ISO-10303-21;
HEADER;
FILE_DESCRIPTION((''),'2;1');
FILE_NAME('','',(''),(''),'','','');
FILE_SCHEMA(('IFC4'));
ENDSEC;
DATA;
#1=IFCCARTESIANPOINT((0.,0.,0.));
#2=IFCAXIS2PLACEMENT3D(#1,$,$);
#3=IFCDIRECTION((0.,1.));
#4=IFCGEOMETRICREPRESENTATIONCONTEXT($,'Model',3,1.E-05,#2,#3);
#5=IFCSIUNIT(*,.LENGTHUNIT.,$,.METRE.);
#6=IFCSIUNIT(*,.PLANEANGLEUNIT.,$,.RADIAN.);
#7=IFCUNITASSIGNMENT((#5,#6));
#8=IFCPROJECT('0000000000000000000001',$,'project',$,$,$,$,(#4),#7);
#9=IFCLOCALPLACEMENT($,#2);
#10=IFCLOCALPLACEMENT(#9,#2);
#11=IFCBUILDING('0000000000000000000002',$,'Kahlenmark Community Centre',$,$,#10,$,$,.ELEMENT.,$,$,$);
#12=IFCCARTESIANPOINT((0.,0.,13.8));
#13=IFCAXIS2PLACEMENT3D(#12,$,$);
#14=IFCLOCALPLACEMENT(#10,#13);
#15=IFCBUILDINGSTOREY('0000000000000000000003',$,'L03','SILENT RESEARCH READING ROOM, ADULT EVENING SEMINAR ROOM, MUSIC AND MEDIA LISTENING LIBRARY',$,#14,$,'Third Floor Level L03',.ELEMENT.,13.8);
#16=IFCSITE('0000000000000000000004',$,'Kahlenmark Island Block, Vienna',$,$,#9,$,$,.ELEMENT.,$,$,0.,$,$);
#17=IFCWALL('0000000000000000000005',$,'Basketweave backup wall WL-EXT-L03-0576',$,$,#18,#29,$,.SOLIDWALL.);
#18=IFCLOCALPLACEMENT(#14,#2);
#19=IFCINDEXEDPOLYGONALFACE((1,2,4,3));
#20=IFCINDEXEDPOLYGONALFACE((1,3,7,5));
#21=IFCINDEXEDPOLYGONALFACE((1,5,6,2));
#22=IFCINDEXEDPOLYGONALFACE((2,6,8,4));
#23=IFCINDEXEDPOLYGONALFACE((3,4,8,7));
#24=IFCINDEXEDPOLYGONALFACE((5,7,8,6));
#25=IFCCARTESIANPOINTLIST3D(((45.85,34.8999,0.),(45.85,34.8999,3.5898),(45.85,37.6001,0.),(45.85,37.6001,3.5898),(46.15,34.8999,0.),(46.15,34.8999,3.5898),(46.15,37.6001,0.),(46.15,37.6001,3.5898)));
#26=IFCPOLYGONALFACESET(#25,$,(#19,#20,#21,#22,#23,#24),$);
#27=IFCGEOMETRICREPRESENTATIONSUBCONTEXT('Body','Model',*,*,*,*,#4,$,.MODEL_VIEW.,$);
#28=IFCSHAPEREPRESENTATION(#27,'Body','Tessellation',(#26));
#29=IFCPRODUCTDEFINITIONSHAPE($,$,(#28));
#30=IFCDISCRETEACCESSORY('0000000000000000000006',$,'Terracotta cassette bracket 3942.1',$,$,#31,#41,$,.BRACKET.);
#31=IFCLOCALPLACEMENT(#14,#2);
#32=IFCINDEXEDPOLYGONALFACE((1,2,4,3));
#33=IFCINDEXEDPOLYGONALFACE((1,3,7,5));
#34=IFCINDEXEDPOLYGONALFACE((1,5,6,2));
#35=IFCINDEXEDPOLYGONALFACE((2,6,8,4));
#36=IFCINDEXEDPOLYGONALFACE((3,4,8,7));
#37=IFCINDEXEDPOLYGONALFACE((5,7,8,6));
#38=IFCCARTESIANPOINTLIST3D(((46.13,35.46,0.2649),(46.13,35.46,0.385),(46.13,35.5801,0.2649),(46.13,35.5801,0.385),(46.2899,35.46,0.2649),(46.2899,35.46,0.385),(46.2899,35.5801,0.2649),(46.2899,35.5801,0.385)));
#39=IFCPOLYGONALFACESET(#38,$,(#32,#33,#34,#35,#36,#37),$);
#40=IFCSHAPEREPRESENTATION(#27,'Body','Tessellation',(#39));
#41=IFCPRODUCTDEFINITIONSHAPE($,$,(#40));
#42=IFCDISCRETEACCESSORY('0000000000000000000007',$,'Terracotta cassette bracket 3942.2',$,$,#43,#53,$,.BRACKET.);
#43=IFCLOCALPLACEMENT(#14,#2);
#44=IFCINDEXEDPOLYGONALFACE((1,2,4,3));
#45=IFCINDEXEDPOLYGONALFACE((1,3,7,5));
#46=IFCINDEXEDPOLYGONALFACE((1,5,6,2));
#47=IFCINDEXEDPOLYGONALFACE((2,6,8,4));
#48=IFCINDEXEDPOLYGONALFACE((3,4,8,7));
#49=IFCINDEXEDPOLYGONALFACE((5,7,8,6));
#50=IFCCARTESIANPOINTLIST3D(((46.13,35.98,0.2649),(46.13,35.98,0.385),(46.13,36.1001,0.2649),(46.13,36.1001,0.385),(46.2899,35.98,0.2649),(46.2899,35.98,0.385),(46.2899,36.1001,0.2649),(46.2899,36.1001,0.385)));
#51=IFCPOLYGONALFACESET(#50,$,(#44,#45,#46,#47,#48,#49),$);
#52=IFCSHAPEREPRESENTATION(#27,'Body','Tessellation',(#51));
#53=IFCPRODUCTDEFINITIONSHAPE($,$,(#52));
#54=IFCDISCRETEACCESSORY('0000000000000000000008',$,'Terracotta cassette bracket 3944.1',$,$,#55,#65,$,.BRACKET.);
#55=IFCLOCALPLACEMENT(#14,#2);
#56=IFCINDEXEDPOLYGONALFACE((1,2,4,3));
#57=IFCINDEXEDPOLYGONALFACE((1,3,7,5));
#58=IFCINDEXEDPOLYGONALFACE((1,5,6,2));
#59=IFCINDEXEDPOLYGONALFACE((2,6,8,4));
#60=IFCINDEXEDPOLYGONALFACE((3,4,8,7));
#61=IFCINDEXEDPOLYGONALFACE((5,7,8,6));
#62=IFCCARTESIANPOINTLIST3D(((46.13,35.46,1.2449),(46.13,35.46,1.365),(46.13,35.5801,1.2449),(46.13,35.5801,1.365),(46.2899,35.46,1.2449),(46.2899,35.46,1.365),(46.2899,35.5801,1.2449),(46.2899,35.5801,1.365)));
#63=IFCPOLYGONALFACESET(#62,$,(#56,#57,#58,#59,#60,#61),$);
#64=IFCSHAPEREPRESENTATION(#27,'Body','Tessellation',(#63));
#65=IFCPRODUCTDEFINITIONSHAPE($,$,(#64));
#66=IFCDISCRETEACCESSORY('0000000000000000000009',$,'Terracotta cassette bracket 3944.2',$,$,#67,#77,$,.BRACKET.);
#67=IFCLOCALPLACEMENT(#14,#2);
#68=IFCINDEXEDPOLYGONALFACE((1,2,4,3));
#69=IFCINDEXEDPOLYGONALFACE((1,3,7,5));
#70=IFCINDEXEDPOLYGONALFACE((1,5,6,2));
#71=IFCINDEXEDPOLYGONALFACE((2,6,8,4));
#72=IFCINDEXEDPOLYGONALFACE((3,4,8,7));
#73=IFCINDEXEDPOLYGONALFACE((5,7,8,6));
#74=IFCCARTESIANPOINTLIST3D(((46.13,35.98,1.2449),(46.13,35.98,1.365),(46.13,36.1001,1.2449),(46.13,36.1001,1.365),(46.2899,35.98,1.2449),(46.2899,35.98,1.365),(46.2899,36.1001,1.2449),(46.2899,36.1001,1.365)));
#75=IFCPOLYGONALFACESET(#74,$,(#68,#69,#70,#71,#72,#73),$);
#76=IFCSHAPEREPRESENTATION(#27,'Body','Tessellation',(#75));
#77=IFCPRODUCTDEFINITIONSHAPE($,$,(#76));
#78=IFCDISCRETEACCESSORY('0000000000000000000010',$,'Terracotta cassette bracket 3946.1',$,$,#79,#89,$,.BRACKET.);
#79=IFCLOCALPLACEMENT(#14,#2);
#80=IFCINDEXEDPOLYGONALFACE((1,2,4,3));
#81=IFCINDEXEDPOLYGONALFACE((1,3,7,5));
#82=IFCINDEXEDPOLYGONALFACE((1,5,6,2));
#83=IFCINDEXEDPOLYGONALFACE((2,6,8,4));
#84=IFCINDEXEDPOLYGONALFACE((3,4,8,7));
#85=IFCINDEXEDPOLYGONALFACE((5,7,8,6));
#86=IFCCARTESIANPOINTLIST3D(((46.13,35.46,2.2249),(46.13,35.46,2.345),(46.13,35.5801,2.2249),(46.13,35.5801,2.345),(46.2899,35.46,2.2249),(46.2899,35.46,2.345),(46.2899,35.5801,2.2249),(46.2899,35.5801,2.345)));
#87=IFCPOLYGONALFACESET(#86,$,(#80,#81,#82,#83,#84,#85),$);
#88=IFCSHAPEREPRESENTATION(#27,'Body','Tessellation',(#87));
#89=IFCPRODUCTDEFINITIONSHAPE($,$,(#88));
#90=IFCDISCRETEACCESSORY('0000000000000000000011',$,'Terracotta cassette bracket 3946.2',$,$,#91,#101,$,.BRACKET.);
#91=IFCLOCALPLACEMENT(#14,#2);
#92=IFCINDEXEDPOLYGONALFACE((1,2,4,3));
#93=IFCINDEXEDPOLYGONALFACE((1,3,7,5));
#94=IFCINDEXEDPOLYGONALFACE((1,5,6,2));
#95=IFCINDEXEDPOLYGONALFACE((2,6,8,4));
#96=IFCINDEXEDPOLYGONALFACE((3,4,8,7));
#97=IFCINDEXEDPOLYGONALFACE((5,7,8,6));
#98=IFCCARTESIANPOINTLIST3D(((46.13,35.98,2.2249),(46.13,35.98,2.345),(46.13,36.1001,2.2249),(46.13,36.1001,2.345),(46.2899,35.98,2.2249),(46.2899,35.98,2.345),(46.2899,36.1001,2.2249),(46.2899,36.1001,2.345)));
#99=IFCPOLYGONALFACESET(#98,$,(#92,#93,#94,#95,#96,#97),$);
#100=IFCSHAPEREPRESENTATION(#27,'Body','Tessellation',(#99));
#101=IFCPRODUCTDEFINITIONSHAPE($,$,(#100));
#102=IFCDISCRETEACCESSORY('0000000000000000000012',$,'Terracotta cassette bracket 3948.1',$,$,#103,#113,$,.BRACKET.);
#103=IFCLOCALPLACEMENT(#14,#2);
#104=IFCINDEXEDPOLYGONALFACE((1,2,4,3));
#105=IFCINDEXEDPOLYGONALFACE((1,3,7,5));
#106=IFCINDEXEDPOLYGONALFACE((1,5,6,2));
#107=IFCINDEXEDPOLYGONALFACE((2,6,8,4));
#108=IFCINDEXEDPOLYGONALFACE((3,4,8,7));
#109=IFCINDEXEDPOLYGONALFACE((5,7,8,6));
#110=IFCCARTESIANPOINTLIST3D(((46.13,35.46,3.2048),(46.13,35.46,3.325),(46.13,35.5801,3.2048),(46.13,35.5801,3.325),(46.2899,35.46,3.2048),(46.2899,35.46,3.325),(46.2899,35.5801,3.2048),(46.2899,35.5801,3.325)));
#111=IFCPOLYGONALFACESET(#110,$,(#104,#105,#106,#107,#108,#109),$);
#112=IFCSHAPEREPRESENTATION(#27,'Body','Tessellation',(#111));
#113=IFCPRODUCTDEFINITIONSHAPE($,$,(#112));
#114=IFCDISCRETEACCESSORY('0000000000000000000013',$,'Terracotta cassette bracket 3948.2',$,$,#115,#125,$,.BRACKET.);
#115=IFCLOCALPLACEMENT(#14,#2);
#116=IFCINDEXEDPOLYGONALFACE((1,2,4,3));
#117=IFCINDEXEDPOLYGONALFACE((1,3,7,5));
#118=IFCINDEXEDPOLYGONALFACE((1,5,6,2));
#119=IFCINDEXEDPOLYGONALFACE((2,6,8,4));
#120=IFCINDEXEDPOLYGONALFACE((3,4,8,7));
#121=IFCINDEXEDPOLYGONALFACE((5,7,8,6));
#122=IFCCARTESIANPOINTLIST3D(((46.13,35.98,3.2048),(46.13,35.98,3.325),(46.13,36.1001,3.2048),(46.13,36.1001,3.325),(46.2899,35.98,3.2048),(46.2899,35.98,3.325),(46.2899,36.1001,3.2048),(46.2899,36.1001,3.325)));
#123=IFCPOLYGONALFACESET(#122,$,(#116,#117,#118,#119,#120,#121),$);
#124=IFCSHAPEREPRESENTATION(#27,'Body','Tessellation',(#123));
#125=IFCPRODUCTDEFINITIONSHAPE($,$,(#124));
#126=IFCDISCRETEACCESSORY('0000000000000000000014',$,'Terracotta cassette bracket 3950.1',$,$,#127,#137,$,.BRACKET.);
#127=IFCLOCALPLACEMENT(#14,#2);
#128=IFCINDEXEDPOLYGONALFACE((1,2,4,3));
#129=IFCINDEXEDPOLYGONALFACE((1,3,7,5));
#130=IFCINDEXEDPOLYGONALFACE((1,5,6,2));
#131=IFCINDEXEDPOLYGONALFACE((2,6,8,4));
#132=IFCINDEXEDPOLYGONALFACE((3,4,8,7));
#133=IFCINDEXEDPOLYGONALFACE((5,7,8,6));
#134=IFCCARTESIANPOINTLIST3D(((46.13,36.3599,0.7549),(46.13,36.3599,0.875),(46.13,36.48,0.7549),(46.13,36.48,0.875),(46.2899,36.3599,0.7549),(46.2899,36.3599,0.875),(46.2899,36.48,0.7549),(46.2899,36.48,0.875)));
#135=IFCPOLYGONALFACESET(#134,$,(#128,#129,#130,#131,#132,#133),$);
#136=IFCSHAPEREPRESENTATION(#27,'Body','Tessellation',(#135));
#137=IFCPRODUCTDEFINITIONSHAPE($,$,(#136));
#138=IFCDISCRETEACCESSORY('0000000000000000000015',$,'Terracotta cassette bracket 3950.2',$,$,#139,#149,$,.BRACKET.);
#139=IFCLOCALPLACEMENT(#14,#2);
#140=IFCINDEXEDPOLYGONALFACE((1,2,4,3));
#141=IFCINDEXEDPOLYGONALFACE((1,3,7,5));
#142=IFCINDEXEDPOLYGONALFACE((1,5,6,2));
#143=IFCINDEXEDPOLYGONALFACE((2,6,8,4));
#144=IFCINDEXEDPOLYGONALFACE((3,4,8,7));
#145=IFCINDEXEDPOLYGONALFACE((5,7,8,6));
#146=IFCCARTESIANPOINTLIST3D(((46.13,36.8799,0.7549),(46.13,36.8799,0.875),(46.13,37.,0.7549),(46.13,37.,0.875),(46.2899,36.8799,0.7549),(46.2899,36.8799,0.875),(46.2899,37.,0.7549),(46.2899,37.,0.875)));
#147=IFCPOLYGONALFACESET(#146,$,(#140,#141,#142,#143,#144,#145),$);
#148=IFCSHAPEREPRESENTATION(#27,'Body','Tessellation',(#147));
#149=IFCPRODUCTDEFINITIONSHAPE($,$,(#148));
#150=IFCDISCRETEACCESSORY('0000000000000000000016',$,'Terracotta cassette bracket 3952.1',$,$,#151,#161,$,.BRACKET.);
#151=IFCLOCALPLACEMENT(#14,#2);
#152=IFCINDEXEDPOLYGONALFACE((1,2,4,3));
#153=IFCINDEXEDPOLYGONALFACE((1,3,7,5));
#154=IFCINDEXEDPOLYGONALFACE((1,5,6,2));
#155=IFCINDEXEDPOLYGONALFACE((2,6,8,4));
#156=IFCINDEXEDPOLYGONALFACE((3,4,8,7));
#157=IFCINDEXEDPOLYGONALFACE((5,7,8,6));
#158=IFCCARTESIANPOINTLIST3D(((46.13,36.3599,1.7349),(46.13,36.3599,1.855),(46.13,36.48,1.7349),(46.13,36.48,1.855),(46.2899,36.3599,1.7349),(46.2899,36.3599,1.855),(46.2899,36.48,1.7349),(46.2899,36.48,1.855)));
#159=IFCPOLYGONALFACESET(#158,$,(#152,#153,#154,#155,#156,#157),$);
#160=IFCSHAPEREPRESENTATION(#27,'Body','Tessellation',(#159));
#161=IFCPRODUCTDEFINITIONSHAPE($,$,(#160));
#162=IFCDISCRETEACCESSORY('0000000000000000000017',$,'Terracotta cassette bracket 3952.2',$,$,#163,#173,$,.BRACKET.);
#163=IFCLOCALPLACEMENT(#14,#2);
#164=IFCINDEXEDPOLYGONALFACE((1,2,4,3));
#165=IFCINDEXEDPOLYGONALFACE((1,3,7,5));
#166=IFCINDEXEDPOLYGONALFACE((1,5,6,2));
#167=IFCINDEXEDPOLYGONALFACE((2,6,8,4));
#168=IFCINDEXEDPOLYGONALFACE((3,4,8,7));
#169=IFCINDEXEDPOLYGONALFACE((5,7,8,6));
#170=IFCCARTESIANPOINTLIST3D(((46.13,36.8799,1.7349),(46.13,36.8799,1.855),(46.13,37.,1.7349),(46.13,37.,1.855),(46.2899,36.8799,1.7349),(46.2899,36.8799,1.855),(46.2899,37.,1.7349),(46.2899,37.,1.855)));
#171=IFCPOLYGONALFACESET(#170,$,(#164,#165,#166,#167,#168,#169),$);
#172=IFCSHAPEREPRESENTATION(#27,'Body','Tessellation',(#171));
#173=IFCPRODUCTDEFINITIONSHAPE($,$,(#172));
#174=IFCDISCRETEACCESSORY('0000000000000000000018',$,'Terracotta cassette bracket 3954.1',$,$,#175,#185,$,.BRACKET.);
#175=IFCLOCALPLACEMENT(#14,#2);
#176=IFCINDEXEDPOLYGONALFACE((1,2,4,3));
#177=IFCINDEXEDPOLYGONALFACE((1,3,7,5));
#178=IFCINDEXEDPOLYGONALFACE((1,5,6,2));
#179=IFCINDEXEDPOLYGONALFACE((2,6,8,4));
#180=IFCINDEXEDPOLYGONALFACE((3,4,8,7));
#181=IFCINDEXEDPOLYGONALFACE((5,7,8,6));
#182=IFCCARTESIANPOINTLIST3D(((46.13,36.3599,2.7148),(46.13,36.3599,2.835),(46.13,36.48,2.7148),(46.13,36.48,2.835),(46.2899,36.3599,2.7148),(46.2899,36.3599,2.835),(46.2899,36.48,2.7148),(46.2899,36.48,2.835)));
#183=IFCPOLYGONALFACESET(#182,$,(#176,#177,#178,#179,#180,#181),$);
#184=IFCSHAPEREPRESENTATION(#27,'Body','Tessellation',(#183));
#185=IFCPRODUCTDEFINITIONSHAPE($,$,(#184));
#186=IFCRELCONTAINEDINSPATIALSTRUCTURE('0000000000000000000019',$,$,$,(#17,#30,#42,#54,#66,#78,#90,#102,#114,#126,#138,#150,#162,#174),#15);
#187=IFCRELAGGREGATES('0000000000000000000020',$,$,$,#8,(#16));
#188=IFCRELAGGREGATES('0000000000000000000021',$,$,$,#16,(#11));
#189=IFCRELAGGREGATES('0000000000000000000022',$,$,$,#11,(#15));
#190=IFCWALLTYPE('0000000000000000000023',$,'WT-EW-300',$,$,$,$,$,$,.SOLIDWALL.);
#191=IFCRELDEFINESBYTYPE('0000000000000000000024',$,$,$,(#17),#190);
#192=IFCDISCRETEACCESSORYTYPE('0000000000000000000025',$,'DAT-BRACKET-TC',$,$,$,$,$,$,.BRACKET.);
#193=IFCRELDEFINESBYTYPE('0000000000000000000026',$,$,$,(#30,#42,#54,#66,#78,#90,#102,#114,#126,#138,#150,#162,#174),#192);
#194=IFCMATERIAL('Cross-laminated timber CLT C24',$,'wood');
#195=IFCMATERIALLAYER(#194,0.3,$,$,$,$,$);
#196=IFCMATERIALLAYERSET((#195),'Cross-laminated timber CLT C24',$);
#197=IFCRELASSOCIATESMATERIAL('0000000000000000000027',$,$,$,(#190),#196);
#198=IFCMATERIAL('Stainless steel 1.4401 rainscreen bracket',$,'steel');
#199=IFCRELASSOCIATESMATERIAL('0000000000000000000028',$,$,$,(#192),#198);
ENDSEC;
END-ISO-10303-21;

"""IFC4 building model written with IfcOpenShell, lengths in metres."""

from ifc_helpers import new_model, si_unit, direction, frame, frame_2d, origin, origin_2d, place, context, subcontext, project, spatial, rectangle, extrude, material, layer, layer_set, type_object, element, save


model = new_model("IFC4")

# Units and contexts
model_context = context("Model", 3, precision=1e-05, world=origin(), true_north=direction((0.0, 1.0)))
body_context = subcontext(model_context, "Body", "Model", "MODEL_VIEW")
ifc_project = project(units=[si_unit("LENGTHUNIT", "METRE"), si_unit("PLANEANGLEUNIT", "RADIAN")], contexts=[model_context])

# Site, building, storey
site_placement = place(None, origin())
site = spatial("IfcSite", under=ifc_project, at=site_placement, Name="Kahlenmark Island Block, Vienna", CompositionType="ELEMENT", RefElevation=0.0)
building_placement = place(site_placement, origin())
building = spatial("IfcBuilding", under=site, at=building_placement, Name="Kahlenmark Community Centre", CompositionType="ELEMENT")
storey_placement = place(building_placement, frame((0.0, 0.0, 13.8)))
storey = spatial("IfcBuildingStorey", under=building, at=storey_placement, Name="L03", Description="SILENT RESEARCH READING ROOM, ADULT EVENING SEMINAR ROOM, MUSIC AND MEDIA LISTENING LIBRARY", LongName="Third Floor Level L03", CompositionType="ELEMENT", Elevation=13.8)

# Wall
ifc_material_1 = material(Name="Cross-laminated timber CLT C24", Category="wood")
ifc_layer_1 = layer(ifc_material_1, 0.3)
ifc_layer_set_1 = layer_set([ifc_layer_1], Name="Cross-laminated timber CLT C24")
wall_type = type_object("IfcWallType", Name="WT-EW-300", PredefinedType="SOLIDWALL", material=ifc_layer_set_1)
wall_1_placement = place(storey_placement, frame((46.0, 34.8999, 0.0), z_axis=(0.0, 0.0, 1.0), x_axis=(0.0, 1.0, 0.0)))
element("IfcWall", 1, at=wall_1_placement, inside=storey, type_object=wall_type, Name="Basketweave backup wall WL-EXT-L03-0576", PredefinedType="SOLIDWALL", context=body_context, shape_type="SweptSolid", body=[
    extrude(rectangle(XDim=2.7002, YDim=0.3, at=frame_2d((1.3501, 0.0))), origin(), (0.0, 0.0, 1.0), 3.5898),
])

# Discrete accessories
ifc_material_2 = material(Name="Stainless steel 1.4401 rainscreen bracket", Category="steel")
discrete_accessory_type = type_object("IfcDiscreteAccessoryType", Name="DAT-BRACKET-TC", PredefinedType="BRACKET", material=ifc_material_2)
for number, where, z_axis, x_axis, name in (
    (2, (46.21, 35.52, 0.2649), (0.0, 0.0, 1.0), (0.0, 1.0, 0.0), "Terracotta cassette bracket 3942.1"),
    (3, (46.21, 36.04, 0.2649), (0.0, 0.0, 1.0), (0.0, 1.0, 0.0), "Terracotta cassette bracket 3942.2"),
    (4, (46.21, 35.52, 1.2449), (0.0, 0.0, 1.0), (0.0, 1.0, 0.0), "Terracotta cassette bracket 3944.1"),
    (5, (46.21, 36.04, 1.2449), (0.0, 0.0, 1.0), (0.0, 1.0, 0.0), "Terracotta cassette bracket 3944.2"),
    (6, (46.21, 35.52, 2.2249), (0.0, 0.0, 1.0), (0.0, 1.0, 0.0), "Terracotta cassette bracket 3946.1"),
    (7, (46.21, 36.04, 2.2249), (0.0, 0.0, 1.0), (0.0, 1.0, 0.0), "Terracotta cassette bracket 3946.2"),
    (8, (46.21, 35.52, 3.2048), (0.0, 0.0, 1.0), (0.0, 1.0, 0.0), "Terracotta cassette bracket 3948.1"),
    (9, (46.21, 36.04, 3.2048), (0.0, 0.0, 1.0), (0.0, 1.0, 0.0), "Terracotta cassette bracket 3948.2"),
    (10, (46.21, 36.4199, 0.7549), (0.0, 0.0, 1.0), (0.0, 1.0, 0.0), "Terracotta cassette bracket 3950.1"),
    (11, (46.21, 36.9399, 0.7549), (0.0, 0.0, 1.0), (0.0, 1.0, 0.0), "Terracotta cassette bracket 3950.2"),
    (12, (46.21, 36.4199, 1.7349), (0.0, 0.0, 1.0), (0.0, 1.0, 0.0), "Terracotta cassette bracket 3952.1"),
    (13, (46.21, 36.9399, 1.7349), (0.0, 0.0, 1.0), (0.0, 1.0, 0.0), "Terracotta cassette bracket 3952.2"),
    (14, (46.21, 36.4199, 2.7148), (0.0, 0.0, 1.0), (0.0, 1.0, 0.0), "Terracotta cassette bracket 3954.1"),
):
    element("IfcDiscreteAccessory", number, at=place(storey_placement, frame(where, z_axis=z_axis, x_axis=x_axis)), inside=storey, type_object=discrete_accessory_type, Name=name, PredefinedType="BRACKET", context=body_context, shape_type="SweptSolid", body=[
        extrude(rectangle(XDim=0.1201, YDim=0.1599, at=origin_2d()), origin(), (0.0, 0.0, 1.0), 0.1201),
    ])

save(model, "model.ifc")
